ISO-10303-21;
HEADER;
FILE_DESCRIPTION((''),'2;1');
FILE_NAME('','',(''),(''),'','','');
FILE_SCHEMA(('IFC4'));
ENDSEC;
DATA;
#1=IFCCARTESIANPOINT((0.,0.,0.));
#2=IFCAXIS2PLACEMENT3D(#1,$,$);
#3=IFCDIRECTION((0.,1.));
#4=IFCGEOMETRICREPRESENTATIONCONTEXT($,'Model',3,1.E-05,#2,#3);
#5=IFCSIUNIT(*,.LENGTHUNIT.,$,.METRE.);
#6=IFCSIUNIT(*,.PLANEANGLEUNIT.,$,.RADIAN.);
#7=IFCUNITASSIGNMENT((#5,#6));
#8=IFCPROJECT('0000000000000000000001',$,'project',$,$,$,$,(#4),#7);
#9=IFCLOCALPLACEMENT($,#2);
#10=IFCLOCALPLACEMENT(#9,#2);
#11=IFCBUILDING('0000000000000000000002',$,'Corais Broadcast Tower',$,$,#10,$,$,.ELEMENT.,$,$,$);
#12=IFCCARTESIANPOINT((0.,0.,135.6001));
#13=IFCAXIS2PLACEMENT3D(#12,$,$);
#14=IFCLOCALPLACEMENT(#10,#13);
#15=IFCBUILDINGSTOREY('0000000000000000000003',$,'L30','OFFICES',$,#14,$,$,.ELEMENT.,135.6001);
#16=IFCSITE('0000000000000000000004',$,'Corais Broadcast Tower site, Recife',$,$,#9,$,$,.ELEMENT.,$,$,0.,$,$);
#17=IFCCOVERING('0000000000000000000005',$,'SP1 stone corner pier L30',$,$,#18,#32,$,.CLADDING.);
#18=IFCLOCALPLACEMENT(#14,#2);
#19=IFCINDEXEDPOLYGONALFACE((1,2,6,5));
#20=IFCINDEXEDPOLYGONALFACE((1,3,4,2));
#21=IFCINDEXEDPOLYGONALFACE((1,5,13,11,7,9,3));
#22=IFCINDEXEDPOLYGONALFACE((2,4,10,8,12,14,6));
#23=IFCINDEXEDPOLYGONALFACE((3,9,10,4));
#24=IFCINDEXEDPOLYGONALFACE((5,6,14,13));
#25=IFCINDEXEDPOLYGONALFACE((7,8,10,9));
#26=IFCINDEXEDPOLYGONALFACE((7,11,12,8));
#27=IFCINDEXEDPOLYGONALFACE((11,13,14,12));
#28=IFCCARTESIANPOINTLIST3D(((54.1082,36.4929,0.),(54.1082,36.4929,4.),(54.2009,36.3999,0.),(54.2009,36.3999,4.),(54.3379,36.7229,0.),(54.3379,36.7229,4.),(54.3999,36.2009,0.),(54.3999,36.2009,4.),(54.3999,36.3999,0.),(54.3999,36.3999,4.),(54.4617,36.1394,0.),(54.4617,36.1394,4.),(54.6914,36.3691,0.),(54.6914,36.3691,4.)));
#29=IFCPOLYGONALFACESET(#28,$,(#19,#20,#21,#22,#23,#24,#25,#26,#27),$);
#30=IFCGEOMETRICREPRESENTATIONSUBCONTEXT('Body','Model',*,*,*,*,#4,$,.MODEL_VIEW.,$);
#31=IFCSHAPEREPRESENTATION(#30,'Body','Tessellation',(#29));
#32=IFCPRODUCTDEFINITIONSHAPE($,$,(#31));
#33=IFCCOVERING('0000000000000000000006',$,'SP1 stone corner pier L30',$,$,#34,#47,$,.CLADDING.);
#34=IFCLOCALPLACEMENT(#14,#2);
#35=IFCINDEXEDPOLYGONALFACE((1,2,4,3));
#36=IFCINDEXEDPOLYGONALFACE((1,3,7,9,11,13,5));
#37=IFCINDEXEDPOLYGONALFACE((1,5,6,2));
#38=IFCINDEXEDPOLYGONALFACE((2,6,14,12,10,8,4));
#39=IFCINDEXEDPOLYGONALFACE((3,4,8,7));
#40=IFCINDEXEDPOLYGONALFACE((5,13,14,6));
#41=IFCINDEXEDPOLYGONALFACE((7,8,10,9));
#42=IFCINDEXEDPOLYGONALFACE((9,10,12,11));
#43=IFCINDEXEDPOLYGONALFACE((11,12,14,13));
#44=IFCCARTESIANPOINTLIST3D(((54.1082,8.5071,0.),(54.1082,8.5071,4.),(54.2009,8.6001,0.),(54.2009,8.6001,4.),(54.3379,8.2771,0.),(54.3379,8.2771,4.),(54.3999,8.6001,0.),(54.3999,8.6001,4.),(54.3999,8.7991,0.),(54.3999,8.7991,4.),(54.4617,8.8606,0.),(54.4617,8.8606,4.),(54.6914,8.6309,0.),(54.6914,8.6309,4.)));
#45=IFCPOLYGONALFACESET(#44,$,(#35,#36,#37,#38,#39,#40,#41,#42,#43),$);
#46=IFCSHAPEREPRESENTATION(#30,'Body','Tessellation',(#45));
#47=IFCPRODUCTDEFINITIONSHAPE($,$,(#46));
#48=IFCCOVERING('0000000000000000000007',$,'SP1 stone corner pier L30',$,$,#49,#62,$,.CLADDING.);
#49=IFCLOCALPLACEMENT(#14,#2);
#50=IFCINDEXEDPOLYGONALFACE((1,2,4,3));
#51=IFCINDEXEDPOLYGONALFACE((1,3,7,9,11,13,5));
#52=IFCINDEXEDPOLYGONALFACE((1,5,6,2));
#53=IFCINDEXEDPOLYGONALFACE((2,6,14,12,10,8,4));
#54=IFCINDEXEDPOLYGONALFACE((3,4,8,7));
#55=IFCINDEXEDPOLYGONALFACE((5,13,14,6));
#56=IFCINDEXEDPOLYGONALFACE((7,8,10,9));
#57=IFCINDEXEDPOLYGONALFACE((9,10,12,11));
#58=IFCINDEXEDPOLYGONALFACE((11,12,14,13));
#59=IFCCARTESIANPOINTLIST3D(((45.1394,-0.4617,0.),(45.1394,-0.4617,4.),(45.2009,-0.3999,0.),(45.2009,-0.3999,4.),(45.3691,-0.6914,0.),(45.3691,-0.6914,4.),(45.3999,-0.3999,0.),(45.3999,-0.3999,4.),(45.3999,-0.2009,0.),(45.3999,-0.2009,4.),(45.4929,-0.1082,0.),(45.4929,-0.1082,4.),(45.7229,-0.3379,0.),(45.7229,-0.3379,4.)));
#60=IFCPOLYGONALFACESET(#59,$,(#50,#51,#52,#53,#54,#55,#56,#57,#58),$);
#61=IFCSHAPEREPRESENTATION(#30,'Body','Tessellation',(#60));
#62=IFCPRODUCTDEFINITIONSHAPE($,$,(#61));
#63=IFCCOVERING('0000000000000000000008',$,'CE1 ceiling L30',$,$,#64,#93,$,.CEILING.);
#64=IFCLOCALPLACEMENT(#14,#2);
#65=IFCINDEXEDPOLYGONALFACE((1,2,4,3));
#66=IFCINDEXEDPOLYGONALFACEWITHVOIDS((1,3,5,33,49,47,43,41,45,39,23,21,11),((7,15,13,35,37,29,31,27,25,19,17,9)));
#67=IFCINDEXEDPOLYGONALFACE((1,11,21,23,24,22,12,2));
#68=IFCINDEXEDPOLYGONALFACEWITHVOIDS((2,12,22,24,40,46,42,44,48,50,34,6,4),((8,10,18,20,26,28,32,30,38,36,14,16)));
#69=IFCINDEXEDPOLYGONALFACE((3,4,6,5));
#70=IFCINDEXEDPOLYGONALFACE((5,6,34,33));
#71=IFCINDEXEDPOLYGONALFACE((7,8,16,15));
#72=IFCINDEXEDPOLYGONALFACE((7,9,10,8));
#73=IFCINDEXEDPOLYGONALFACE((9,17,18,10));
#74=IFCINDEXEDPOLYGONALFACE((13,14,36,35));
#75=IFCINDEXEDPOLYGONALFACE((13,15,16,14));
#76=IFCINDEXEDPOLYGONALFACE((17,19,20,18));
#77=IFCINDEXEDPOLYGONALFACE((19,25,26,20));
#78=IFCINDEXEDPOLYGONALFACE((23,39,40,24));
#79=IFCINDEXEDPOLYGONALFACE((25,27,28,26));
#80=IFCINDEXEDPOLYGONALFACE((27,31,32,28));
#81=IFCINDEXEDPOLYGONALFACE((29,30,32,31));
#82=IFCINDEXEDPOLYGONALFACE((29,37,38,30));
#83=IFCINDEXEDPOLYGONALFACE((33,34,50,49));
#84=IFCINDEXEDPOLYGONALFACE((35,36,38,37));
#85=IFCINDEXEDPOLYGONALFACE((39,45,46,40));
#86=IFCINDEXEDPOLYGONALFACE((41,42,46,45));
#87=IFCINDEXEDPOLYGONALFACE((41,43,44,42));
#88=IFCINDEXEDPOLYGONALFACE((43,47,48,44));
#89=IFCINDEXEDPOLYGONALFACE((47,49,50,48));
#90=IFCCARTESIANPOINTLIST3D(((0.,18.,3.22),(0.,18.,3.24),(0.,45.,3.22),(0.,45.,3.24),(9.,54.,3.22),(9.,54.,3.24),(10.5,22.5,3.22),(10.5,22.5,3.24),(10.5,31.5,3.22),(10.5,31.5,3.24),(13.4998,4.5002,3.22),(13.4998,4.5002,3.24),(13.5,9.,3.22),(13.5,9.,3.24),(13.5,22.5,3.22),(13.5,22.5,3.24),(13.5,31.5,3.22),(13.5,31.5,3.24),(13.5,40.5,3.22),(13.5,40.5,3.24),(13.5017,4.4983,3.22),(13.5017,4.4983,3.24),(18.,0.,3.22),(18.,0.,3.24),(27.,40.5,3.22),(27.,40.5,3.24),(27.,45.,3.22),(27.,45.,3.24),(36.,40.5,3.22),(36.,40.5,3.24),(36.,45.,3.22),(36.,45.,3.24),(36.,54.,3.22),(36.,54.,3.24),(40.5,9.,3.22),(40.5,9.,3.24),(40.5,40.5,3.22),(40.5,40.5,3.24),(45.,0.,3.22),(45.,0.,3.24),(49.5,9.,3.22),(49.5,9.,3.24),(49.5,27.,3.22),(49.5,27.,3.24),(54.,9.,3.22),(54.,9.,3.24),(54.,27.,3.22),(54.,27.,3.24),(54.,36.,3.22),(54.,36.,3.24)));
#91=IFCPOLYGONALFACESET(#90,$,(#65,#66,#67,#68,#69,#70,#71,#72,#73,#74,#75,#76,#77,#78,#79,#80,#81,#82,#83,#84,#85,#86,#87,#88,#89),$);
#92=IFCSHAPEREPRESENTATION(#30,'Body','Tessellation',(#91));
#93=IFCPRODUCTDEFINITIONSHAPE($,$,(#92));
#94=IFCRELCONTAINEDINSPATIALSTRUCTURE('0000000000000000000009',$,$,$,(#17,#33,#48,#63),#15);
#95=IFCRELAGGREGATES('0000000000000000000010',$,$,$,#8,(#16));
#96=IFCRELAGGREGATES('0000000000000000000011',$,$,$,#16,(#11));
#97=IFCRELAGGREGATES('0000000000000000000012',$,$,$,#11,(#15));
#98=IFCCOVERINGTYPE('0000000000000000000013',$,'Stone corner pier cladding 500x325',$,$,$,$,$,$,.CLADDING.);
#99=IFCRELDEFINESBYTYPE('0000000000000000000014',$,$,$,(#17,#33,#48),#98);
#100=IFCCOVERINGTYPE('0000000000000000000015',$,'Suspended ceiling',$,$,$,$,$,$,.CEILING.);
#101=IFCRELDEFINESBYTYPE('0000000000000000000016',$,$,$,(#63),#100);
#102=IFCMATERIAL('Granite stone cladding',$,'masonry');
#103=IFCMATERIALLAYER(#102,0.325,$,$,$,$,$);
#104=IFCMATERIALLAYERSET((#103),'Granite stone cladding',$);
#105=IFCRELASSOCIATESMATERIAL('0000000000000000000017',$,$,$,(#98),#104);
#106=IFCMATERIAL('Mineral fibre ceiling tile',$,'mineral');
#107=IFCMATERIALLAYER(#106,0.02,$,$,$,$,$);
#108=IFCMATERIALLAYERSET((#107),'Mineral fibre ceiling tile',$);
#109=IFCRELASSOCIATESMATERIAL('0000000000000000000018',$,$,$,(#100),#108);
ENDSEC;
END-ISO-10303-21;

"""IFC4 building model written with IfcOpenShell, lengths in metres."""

from ifc_helpers import new_model, si_unit, direction, frame, origin, place, context, subcontext, project, spatial, polyline, outline, extrude, material, layer, layer_set, type_object, element, save


model = new_model("IFC4")

# Units and contexts
model_context = context("Model", 3, precision=1e-05, world=origin(), true_north=direction((0.0, 1.0)))
body_context = subcontext(model_context, "Body", "Model", "MODEL_VIEW")
ifc_project = project(units=[si_unit("LENGTHUNIT", "METRE"), si_unit("PLANEANGLEUNIT", "RADIAN")], contexts=[model_context])

# Site, building, storey
site_placement = place(None, origin())
site = spatial("IfcSite", under=ifc_project, at=site_placement, Name="Corais Broadcast Tower site, Recife", CompositionType="ELEMENT", RefElevation=0.0)
building_placement = place(site_placement, origin())
building = spatial("IfcBuilding", under=site, at=building_placement, Name="Corais Broadcast Tower", CompositionType="ELEMENT")
storey_placement = place(building_placement, frame((0.0, 0.0, 135.6001)))
storey = spatial("IfcBuildingStorey", under=building, at=storey_placement, Name="L30", Description="OFFICES", CompositionType="ELEMENT", Elevation=135.6001)

# Coverings
ifc_material_1 = material(Name="Granite stone cladding", Category="masonry")
ifc_layer_1 = layer(ifc_material_1, 0.325)
ifc_layer_set_1 = layer_set([ifc_layer_1], Name="Granite stone cladding")
covering_type_1 = type_object("IfcCoveringType", Name="Stone corner pier cladding 500x325", PredefinedType="CLADDING", material=ifc_layer_set_1)
covering_1_placement = place(storey_placement, origin())
element("IfcCovering", 1, at=covering_1_placement, inside=storey, type_object=covering_type_1, Name="SP1 stone corner pier L30", PredefinedType="CLADDING", context=body_context, shape_type="SweptSolid", body=[
    extrude(outline(polyline([(54.3999, 36.2009), (54.4617, 36.1394), (54.6914, 36.3691), (54.3379, 36.7229), (54.1082, 36.4929), (54.2009, 36.3999), (54.3999, 36.3999), (54.3999, 36.2009)])), origin(), (0.0, 0.0, 1.0), 4.0),
])
covering_2_placement = place(storey_placement, origin())
element("IfcCovering", 2, at=covering_2_placement, inside=storey, type_object=covering_type_1, Name="SP1 stone corner pier L30", PredefinedType="CLADDING", context=body_context, shape_type="SweptSolid", body=[
    extrude(outline(polyline([(54.4617, 8.8606), (54.3999, 8.7991), (54.3999, 8.6001), (54.2009, 8.6001), (54.1082, 8.5071), (54.3379, 8.2771), (54.6914, 8.6309), (54.4617, 8.8606)])), origin(), (0.0, 0.0, 1.0), 4.0),
])
covering_3_placement = place(storey_placement, origin())
element("IfcCovering", 3, at=covering_3_placement, inside=storey, type_object=covering_type_1, Name="SP1 stone corner pier L30", PredefinedType="CLADDING", context=body_context, shape_type="SweptSolid", body=[
    extrude(outline(polyline([(45.2009, -0.3999), (45.1394, -0.4617), (45.3691, -0.6914), (45.7229, -0.3379), (45.4929, -0.1082), (45.3999, -0.2009), (45.3999, -0.3999), (45.2009, -0.3999)])), origin(), (0.0, 0.0, 1.0), 4.0),
])
ifc_material_2 = material(Name="Mineral fibre ceiling tile", Category="mineral")
ifc_layer_2 = layer(ifc_material_2, 0.02)
ifc_layer_set_2 = layer_set([ifc_layer_2], Name="Mineral fibre ceiling tile")
covering_type_2 = type_object("IfcCoveringType", Name="Suspended ceiling", PredefinedType="CEILING", material=ifc_layer_set_2)
covering_4_placement = place(storey_placement, frame((0.0, 0.0, 3.22)))
element("IfcCovering", 4, at=covering_4_placement, inside=storey, type_object=covering_type_2, Name="CE1 ceiling L30", PredefinedType="CEILING", context=body_context, shape_type="SweptSolid", body=[
    extrude(outline(polyline([(49.5, 9.0), (54.0, 9.0), (45.0, 0.0), (18.0, 0.0), (13.5017, 4.4983), (13.4998, 4.5002), (0.0, 18.0), (0.0, 45.0), (9.0, 54.0), (36.0, 54.0), (54.0, 36.0), (54.0, 27.0), (49.5, 27.0), (49.5, 9.0)]), holes=[polyline([(13.5, 40.5), (13.5, 31.5), (10.5, 31.5), (10.5, 22.5), (13.5, 22.5), (13.5, 9.0), (40.5, 9.0), (40.5, 40.5), (36.0, 40.5), (36.0, 45.0), (27.0, 45.0), (27.0, 40.5), (13.5, 40.5)])]), origin(), (0.0, 0.0, 1.0), 0.02),
])

save(model, "model.ifc")
